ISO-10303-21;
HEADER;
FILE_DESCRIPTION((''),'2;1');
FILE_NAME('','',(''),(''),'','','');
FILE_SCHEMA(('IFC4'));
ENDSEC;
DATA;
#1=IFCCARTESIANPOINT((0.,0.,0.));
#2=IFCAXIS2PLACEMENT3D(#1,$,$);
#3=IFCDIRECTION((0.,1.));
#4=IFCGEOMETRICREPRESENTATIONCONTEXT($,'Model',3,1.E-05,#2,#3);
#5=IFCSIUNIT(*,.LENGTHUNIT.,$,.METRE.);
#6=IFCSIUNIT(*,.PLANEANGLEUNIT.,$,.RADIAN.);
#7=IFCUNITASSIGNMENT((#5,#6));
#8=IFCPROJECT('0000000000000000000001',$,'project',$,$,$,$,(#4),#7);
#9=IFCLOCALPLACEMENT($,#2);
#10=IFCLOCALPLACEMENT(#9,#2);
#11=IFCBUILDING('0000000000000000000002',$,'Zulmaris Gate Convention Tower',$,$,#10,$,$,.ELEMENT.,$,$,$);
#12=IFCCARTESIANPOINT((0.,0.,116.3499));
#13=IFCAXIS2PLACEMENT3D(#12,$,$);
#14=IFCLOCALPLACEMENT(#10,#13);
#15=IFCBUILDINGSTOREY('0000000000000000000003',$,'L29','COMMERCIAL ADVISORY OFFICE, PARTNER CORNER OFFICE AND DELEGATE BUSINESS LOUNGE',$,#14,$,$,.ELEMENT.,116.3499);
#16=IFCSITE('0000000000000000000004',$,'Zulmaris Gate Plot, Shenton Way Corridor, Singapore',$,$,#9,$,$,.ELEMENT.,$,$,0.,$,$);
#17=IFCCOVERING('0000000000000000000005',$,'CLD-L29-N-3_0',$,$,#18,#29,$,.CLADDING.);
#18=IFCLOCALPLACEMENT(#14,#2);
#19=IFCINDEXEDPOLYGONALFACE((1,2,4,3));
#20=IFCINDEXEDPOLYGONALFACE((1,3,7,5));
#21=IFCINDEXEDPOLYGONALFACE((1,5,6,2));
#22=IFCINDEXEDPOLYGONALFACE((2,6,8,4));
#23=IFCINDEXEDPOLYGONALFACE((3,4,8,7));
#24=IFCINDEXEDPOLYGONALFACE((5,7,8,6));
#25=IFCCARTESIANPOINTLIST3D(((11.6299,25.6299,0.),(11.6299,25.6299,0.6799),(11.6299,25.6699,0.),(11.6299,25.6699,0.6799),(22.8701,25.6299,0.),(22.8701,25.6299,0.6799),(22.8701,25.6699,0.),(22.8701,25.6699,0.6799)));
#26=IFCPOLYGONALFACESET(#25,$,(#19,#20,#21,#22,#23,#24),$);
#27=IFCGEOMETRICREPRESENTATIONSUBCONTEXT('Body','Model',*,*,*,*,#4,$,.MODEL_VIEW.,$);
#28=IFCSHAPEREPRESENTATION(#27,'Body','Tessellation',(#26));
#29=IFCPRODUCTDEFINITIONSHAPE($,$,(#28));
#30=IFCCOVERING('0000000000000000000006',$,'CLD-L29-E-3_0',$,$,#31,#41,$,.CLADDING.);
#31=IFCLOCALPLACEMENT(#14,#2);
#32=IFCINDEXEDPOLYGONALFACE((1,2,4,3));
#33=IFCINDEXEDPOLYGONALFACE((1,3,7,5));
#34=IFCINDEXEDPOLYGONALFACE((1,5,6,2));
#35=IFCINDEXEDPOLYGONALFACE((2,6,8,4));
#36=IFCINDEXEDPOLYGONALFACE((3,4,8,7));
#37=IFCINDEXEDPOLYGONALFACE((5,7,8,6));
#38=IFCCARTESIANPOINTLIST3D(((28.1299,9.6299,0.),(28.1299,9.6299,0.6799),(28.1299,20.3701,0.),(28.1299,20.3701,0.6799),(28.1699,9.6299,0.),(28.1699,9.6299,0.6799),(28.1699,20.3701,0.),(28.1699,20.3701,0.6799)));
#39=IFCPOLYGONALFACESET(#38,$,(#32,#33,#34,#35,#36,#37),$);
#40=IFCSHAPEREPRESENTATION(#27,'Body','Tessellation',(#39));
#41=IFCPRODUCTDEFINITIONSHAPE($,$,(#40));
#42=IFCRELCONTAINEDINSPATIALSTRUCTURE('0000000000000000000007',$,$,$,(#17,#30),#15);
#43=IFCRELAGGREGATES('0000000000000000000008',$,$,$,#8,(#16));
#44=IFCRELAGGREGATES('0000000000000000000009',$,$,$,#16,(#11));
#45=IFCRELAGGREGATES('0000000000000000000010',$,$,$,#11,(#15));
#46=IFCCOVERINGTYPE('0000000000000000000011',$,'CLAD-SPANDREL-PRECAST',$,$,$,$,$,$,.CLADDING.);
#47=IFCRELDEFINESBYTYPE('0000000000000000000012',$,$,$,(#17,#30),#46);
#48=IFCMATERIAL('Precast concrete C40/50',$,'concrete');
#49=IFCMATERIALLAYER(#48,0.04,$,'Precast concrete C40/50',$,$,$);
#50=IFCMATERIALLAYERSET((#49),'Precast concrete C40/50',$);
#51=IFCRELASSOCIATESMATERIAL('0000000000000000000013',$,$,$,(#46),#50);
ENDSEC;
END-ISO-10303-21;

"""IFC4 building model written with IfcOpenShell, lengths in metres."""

from ifc_helpers import new_model, si_unit, direction, frame, frame_2d, origin, place, context, subcontext, project, spatial, rectangle, extrude, material, layer, layer_set, type_object, element, save


model = new_model("IFC4")

# Units and contexts
model_context = context("Model", 3, precision=1e-05, world=origin(), true_north=direction((0.0, 1.0)))
body_context = subcontext(model_context, "Body", "Model", "MODEL_VIEW")
ifc_project = project(units=[si_unit("LENGTHUNIT", "METRE"), si_unit("PLANEANGLEUNIT", "RADIAN")], contexts=[model_context])

# Site, building, storey
site_placement = place(None, origin())
site = spatial("IfcSite", under=ifc_project, at=site_placement, Name="Zulmaris Gate Plot, Shenton Way Corridor, Singapore", CompositionType="ELEMENT", RefElevation=0.0)
building_placement = place(site_placement, origin())
building = spatial("IfcBuilding", under=site, at=building_placement, Name="Zulmaris Gate Convention Tower", CompositionType="ELEMENT")
storey_placement = place(building_placement, frame((0.0, 0.0, 116.3499)))
storey = spatial("IfcBuildingStorey", under=building, at=storey_placement, Name="L29", Description="COMMERCIAL ADVISORY OFFICE, PARTNER CORNER OFFICE AND DELEGATE BUSINESS LOUNGE", CompositionType="ELEMENT", Elevation=116.3499)

# Shared definitions
ifc_material_1 = material(Name="Precast concrete C40/50", Category="concrete")

# Coverings
ifc_layer_1 = layer(ifc_material_1, 0.04, Name="Precast concrete C40/50")
ifc_layer_set_1 = layer_set([ifc_layer_1], Name="Precast concrete C40/50")
covering_type = type_object("IfcCoveringType", Name="CLAD-SPANDREL-PRECAST", PredefinedType="CLADDING", material=ifc_layer_set_1)
covering_1_placement = place(storey_placement, frame((22.8701, 25.6499, 0.0), z_axis=(0.0, 0.0, 1.0), x_axis=(-1.0, 0.0, 0.0)))
element("IfcCovering", 1, at=covering_1_placement, inside=storey, type_object=covering_type, Name="CLD-L29-N-3_0", PredefinedType="CLADDING", context=body_context, shape_type="SweptSolid", body=[
    extrude(rectangle(XDim=11.2402, YDim=0.04, at=frame_2d((5.6201, 0.0))), origin(), (0.0, 0.0, 1.0), 0.6799),
])
covering_2_placement = place(storey_placement, frame((28.1499, 9.6299, 0.0), z_axis=(0.0, 0.0, 1.0), x_axis=(0.0, 1.0, 0.0)))
element("IfcCovering", 2, at=covering_2_placement, inside=storey, type_object=covering_type, Name="CLD-L29-E-3_0", PredefinedType="CLADDING", context=body_context, shape_type="SweptSolid", body=[
    extrude(rectangle(XDim=10.7402, YDim=0.04, at=frame_2d((5.3701, 0.0))), origin(), (0.0, 0.0, 1.0), 0.6799),
])

save(model, "model.ifc")
